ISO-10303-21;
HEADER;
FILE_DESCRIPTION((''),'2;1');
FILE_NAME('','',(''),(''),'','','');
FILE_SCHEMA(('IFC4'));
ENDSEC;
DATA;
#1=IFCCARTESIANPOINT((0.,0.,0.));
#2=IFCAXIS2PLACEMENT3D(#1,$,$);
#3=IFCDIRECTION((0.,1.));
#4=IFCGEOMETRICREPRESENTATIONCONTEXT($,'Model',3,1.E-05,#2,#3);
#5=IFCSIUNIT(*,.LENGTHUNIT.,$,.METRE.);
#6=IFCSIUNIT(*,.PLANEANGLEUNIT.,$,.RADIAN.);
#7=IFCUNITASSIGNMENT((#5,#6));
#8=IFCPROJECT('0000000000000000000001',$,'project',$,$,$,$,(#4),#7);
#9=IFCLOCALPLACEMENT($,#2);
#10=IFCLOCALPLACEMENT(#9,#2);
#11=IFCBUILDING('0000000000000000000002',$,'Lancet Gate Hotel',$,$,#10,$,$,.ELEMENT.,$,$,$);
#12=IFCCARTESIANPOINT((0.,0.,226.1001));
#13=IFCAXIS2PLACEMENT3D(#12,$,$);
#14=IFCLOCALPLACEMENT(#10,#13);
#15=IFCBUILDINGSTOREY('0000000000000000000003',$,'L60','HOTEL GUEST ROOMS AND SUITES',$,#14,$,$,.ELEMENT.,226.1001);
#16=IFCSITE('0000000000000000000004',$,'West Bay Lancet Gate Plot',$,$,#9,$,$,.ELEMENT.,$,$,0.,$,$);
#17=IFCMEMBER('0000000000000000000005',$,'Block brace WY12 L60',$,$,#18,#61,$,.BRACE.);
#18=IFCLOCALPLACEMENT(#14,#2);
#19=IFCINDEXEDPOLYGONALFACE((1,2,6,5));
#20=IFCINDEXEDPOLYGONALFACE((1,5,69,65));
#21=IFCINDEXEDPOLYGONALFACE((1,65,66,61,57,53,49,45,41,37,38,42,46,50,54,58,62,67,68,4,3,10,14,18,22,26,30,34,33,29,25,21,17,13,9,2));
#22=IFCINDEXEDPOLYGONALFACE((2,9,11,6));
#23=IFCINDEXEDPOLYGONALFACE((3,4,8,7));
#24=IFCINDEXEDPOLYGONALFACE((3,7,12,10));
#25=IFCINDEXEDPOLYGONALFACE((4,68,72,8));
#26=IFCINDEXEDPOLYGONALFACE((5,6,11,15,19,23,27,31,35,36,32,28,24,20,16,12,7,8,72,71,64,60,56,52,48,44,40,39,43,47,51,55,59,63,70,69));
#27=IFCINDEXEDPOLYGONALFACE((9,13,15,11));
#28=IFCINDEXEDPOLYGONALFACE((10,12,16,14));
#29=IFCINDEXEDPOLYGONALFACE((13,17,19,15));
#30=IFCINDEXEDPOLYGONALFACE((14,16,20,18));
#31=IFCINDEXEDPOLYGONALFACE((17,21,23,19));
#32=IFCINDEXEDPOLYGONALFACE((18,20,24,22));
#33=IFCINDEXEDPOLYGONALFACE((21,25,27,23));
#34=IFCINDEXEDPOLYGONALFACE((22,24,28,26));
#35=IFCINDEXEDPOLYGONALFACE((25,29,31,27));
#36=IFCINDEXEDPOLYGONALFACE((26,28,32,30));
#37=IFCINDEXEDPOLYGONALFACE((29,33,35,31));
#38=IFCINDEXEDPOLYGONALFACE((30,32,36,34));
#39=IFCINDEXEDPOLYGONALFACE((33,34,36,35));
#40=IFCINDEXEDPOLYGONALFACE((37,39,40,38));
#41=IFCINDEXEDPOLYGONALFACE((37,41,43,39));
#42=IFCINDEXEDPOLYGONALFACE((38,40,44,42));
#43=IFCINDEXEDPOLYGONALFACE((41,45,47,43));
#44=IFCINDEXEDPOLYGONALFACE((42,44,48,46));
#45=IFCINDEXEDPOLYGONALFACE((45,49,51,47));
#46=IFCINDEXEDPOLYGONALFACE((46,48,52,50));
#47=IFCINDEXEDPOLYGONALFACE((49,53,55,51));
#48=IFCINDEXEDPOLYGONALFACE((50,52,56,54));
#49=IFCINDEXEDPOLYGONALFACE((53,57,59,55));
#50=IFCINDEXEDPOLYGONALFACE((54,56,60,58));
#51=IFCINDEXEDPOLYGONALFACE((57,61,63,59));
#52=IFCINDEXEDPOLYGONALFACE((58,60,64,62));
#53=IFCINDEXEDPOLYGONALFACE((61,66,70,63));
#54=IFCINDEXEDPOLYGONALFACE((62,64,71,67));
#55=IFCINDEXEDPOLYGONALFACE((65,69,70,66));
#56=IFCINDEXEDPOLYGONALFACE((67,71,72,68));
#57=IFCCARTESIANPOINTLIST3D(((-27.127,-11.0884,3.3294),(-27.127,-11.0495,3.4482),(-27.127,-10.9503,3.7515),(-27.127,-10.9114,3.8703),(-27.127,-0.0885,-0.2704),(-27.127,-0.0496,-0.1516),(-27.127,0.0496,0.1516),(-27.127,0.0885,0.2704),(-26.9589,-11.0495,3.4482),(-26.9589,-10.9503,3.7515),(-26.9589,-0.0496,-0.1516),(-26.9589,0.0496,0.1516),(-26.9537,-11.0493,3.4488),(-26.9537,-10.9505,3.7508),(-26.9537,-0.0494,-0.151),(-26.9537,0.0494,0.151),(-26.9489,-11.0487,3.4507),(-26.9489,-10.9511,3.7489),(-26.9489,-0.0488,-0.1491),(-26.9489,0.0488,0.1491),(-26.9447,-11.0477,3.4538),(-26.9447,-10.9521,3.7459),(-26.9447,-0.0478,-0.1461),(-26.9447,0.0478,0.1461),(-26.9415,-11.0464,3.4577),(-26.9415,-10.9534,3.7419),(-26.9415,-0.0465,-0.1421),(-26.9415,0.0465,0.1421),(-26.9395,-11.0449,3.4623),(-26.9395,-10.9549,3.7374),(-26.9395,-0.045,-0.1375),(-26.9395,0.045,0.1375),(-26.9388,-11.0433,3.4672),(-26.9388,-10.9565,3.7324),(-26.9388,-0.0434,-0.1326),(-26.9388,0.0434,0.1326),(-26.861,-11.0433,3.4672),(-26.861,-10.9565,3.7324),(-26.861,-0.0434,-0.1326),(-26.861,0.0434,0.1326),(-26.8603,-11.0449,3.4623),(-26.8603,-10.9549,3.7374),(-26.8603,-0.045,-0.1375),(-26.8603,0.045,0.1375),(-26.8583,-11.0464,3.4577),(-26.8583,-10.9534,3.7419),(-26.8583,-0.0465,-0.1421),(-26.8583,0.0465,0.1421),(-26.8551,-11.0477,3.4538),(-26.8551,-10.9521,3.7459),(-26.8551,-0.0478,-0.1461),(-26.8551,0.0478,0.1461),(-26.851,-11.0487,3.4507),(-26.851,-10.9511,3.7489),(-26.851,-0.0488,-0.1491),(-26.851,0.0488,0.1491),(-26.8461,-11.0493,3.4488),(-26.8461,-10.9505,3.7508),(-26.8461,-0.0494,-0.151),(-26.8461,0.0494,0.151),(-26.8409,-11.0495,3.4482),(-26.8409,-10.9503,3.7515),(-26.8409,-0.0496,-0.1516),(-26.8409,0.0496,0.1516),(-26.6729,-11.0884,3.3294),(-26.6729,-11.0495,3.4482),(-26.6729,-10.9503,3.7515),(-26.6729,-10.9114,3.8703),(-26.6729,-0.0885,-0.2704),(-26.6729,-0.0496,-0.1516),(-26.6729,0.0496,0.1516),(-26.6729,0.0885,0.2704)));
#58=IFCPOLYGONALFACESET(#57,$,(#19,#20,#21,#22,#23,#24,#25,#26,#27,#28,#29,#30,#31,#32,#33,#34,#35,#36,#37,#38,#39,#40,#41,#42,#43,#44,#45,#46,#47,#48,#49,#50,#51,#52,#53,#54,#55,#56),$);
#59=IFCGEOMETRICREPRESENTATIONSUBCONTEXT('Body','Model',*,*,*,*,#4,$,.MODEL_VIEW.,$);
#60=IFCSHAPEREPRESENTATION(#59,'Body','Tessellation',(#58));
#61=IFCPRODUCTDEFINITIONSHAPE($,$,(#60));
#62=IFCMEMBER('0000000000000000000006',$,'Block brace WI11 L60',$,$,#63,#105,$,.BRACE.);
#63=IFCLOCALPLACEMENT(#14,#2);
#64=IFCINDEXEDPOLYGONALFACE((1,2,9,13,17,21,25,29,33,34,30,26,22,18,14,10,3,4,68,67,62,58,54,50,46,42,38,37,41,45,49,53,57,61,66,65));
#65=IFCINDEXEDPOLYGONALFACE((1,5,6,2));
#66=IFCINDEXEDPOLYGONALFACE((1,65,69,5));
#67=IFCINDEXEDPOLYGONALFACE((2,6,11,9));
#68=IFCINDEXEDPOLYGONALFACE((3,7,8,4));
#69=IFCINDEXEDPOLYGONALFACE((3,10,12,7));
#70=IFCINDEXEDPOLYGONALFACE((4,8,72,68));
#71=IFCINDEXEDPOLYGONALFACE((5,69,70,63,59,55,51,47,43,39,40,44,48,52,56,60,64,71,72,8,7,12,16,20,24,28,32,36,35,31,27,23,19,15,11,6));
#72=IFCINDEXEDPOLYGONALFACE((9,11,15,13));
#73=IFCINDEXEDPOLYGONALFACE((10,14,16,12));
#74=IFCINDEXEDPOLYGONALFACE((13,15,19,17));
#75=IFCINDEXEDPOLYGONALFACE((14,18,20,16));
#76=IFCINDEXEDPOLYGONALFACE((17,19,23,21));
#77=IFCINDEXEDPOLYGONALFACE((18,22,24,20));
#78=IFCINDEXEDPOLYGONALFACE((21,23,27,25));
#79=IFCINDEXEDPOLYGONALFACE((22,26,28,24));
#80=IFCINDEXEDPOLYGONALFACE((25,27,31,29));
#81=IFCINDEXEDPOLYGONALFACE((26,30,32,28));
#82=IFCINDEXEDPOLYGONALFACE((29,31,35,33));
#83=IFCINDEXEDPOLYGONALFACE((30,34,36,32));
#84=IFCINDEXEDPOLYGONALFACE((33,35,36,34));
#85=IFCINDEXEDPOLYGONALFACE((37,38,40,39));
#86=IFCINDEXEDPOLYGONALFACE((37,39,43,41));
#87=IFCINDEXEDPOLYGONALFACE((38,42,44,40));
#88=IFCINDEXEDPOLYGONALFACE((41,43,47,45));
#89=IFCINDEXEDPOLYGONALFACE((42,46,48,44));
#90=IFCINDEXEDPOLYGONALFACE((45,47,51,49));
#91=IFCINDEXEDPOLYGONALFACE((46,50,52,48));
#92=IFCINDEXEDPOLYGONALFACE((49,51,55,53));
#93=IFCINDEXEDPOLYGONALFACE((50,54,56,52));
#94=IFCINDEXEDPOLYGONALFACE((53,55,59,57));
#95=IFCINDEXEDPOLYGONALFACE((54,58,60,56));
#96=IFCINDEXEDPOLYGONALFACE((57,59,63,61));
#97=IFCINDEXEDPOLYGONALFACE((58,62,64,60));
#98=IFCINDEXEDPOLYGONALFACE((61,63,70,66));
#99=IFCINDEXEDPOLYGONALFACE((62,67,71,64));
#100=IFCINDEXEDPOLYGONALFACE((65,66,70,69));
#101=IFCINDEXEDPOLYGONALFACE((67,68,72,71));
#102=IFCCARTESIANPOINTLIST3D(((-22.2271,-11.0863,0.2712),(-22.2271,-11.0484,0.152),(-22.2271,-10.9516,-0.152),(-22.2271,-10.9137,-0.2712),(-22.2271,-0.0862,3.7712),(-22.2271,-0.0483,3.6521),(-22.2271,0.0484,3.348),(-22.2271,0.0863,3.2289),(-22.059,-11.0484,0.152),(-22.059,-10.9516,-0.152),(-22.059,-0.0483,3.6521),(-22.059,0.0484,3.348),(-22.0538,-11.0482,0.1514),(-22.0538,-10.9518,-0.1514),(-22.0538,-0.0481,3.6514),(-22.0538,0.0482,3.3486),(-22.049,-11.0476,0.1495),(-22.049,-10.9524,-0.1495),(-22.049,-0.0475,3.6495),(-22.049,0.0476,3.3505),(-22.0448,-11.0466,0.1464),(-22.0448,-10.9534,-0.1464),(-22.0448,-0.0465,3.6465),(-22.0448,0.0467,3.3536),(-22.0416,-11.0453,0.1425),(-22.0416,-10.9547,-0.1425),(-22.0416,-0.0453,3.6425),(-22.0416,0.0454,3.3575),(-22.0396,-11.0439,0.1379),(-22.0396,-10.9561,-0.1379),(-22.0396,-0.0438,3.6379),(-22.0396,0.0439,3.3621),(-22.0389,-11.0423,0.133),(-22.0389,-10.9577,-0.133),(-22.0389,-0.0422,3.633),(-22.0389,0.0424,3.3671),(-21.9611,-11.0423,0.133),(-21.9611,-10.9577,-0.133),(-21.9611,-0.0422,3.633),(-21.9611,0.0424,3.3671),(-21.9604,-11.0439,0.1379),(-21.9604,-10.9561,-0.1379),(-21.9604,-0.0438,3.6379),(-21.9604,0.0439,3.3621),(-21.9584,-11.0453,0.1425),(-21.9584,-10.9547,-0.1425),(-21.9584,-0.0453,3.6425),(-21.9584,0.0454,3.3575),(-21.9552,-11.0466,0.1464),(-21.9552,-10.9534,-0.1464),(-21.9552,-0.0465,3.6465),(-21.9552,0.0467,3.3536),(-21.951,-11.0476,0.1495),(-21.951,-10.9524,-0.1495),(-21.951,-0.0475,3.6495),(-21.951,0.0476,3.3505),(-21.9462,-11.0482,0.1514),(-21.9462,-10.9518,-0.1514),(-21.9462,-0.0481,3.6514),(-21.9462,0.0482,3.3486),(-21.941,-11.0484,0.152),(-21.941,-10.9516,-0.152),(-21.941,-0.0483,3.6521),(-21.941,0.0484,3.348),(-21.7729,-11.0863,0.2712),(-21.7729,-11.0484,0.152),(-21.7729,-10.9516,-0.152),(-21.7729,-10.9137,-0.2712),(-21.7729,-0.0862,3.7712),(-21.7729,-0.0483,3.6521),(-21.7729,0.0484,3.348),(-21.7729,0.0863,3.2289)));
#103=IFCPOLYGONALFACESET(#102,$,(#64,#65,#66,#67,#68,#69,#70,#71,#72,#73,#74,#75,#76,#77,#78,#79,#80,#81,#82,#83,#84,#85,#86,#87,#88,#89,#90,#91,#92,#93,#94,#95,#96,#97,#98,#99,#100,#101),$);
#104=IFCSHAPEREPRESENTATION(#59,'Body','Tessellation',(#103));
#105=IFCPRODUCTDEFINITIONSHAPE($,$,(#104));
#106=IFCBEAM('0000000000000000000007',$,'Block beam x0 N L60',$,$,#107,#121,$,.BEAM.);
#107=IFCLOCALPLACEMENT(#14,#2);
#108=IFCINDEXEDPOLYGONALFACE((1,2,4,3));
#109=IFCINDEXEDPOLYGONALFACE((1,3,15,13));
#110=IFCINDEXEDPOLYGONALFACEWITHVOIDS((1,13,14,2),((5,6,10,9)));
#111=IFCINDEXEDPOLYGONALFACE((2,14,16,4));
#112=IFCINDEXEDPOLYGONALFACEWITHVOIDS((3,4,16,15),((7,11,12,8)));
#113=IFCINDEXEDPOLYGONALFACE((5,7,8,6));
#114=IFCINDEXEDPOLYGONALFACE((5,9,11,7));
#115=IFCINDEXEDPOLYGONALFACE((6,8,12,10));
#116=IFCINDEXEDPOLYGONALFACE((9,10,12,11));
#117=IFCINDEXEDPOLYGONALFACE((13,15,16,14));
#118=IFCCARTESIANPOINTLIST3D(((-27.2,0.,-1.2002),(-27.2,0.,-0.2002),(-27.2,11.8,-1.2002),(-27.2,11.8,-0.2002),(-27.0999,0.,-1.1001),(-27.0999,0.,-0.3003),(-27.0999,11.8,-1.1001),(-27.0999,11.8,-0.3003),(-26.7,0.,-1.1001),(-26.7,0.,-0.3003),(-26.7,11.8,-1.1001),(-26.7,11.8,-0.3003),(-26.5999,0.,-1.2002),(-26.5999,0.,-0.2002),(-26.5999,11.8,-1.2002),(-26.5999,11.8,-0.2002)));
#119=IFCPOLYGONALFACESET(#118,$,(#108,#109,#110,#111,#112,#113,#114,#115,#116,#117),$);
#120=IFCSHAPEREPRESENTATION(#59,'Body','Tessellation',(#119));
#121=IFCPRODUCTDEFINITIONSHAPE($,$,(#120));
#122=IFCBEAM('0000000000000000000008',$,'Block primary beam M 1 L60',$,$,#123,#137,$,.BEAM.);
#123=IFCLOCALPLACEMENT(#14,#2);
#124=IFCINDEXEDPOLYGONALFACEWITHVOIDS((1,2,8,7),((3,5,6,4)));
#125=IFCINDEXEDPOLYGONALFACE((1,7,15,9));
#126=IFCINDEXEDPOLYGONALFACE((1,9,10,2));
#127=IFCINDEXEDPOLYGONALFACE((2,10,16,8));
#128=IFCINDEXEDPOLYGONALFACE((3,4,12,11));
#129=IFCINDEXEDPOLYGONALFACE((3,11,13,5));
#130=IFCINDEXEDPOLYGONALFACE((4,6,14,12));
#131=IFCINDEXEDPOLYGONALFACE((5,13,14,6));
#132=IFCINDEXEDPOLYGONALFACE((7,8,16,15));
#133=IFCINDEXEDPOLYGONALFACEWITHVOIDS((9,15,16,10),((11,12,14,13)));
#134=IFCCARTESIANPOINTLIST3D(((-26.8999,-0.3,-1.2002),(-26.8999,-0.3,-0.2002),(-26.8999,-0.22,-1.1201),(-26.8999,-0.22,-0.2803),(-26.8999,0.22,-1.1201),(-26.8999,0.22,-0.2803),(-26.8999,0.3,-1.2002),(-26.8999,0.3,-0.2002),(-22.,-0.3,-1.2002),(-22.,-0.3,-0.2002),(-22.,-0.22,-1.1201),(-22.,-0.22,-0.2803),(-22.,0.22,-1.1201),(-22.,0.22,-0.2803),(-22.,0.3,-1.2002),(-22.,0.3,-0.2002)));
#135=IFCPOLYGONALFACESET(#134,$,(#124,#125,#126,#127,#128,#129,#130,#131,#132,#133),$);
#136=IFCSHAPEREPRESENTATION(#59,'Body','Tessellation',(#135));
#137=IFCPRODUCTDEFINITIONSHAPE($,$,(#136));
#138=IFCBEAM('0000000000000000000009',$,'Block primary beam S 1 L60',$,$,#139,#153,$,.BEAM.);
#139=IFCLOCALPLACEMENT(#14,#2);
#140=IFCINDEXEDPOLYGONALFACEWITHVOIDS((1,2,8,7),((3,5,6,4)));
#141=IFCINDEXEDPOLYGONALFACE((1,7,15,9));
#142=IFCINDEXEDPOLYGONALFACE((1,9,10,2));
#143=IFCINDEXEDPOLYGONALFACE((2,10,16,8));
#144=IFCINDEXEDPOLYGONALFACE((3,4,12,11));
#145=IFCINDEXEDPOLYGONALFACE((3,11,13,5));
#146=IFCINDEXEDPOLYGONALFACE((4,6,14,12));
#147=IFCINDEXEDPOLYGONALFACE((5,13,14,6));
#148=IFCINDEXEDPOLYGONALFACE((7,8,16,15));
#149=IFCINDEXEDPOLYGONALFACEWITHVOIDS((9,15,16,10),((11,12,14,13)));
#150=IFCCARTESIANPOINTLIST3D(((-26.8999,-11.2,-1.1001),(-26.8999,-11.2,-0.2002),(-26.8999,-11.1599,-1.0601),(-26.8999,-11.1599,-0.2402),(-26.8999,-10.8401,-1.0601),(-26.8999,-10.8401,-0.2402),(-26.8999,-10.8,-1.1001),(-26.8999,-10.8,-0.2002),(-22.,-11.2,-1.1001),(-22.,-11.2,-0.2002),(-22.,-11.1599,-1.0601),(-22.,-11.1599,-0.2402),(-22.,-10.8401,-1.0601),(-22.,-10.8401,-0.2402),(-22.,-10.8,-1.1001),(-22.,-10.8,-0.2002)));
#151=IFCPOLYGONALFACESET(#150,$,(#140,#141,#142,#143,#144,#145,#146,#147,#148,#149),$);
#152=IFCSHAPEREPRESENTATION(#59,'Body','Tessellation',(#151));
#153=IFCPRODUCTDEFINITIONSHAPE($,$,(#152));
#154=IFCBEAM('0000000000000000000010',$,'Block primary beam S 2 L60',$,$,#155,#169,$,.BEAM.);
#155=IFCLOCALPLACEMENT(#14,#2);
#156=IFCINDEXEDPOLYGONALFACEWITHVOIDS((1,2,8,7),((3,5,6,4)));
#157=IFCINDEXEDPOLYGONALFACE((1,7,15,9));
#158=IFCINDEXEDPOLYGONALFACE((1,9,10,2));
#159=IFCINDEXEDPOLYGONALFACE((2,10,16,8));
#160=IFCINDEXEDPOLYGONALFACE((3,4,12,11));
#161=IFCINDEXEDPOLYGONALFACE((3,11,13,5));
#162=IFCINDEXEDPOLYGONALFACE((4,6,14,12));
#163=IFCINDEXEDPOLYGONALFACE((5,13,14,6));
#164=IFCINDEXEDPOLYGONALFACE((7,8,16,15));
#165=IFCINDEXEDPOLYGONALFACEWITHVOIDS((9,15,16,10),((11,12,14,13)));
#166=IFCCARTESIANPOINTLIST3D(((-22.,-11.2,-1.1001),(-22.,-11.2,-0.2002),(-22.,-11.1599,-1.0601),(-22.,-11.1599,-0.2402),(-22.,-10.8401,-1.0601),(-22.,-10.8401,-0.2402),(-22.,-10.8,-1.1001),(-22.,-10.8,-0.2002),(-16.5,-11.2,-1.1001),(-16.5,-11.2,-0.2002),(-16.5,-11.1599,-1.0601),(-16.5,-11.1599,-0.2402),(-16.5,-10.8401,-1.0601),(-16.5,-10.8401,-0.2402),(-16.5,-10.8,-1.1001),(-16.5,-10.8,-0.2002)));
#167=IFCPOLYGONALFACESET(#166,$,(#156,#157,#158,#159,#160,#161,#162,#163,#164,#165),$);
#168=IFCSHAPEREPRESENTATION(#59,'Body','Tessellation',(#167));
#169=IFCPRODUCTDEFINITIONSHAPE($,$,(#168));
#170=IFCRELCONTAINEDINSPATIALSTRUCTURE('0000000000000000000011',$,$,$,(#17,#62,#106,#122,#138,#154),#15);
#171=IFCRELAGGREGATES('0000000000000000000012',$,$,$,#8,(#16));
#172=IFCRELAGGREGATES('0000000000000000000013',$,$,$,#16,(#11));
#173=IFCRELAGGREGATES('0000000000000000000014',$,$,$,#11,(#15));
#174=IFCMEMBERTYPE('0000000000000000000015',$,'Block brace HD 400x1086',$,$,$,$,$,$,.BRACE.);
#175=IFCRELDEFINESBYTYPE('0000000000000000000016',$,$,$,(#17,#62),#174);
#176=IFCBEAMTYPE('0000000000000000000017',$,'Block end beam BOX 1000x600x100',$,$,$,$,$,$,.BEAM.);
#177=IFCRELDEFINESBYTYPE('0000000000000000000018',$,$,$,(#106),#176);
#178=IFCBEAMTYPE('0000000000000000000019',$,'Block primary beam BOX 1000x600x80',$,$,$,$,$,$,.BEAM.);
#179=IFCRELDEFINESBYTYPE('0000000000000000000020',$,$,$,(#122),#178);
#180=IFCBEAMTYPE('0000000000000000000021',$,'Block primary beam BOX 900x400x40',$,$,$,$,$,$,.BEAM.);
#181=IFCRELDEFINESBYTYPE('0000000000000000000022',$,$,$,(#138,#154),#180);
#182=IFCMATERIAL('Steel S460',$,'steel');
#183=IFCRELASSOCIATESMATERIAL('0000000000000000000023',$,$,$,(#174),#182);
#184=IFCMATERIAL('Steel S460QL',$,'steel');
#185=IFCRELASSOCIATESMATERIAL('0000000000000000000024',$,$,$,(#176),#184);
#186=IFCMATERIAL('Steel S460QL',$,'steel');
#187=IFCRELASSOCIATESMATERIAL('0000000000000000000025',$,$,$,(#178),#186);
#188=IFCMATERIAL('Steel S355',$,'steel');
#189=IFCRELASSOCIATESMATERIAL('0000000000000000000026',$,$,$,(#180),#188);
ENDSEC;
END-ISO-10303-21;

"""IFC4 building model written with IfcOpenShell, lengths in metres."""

from ifc_helpers import new_model, si_unit, direction, frame, origin, origin_2d, place, context, subcontext, project, spatial, hollow_rectangle, i_section, extrude, material, material_profile, profile_set, type_object, element, save


model = new_model("IFC4")

# Units and contexts
model_context = context("Model", 3, precision=1e-05, world=origin(), true_north=direction((0.0, 1.0)))
body_context = subcontext(model_context, "Body", "Model", "MODEL_VIEW")
ifc_project = project(units=[si_unit("LENGTHUNIT", "METRE"), si_unit("PLANEANGLEUNIT", "RADIAN")], contexts=[model_context])

# Site, building, storey
site_placement = place(None, origin())
site = spatial("IfcSite", under=ifc_project, at=site_placement, Name="West Bay Lancet Gate Plot", CompositionType="ELEMENT", RefElevation=0.0)
building_placement = place(site_placement, origin())
building = spatial("IfcBuilding", under=site, at=building_placement, Name="Lancet Gate Hotel", CompositionType="ELEMENT")
storey_placement = place(building_placement, frame((0.0, 0.0, 226.1001)))
storey = spatial("IfcBuildingStorey", under=building, at=storey_placement, Name="L60", Description="HOTEL GUEST ROOMS AND SUITES", CompositionType="ELEMENT", Elevation=226.1001)

# Members
ifc_material_1 = material(Name="Steel S460", Category="steel")
ifc_material_profile_1 = material_profile(ifc_material_1, i_section(OverallWidth=0.4541, OverallDepth=0.5691, WebThickness=0.0779, FlangeThickness=0.125, FilletRadius=0.02, at=origin_2d()), Name="HD 400x1086")
ifc_profile_set_1 = profile_set([ifc_material_profile_1], Name="Steel S460")
member_type = type_object("IfcMemberType", Name="Block brace HD 400x1086", PredefinedType="BRACE", material=ifc_profile_set_1)
member_1_placement = place(storey_placement, frame((-26.8999, 0.0, 0.0), z_axis=(0.0, -0.950401, 0.311028), x_axis=(1.0, 0.0, 0.0)))
element("IfcMember", 1, at=member_1_placement, inside=storey, type_object=member_type, Name="Block brace WY12 L60", PredefinedType="BRACE", context=body_context, shape_type="SweptSolid", body=[
    extrude(i_section(OverallWidth=0.4541, OverallDepth=0.5691, WebThickness=0.0779, FlangeThickness=0.125, FilletRadius=0.02, at=origin_2d()), origin(), (0.0, 0.0, 1.0), 11.574),
])
member_2_placement = place(storey_placement, frame((-22.0, -11.0, 0.0), z_axis=(0.0, 0.952926, 0.303204), x_axis=(-1.0, 0.0, 0.0)))
element("IfcMember", 2, at=member_2_placement, inside=storey, type_object=member_type, Name="Block brace WI11 L60", PredefinedType="BRACE", context=body_context, shape_type="SweptSolid", body=[
    extrude(i_section(OverallWidth=0.4541, OverallDepth=0.5691, WebThickness=0.0779, FlangeThickness=0.125, FilletRadius=0.02, at=origin_2d()), origin(), (0.0, 0.0, 1.0), 11.5435),
])

# Beams
ifc_material_2 = material(Name="Steel S460QL", Category="steel")
ifc_material_profile_2 = material_profile(ifc_material_2, hollow_rectangle(XDim=0.6001, YDim=1.0, WallThickness=0.1001, at=origin_2d()), Name="BOX 1000x600x100")
ifc_profile_set_2 = profile_set([ifc_material_profile_2], Name="Steel S460QL")
beam_type_1 = type_object("IfcBeamType", Name="Block end beam BOX 1000x600x100", PredefinedType="BEAM", material=ifc_profile_set_2)
beam_1_placement = place(storey_placement, frame((-26.8999, 0.0, -0.7002), z_axis=(0.0, 1.0, 0.0), x_axis=(-1.0, 0.0, 0.0)))
element("IfcBeam", 3, at=beam_1_placement, inside=storey, type_object=beam_type_1, Name="Block beam x0 N L60", PredefinedType="BEAM", context=body_context, shape_type="SweptSolid", body=[
    extrude(hollow_rectangle(XDim=0.6001, YDim=1.0, WallThickness=0.1001, at=origin_2d()), origin(), (0.0, 0.0, 1.0), 11.8),
])
ifc_material_3 = material(Name="Steel S460QL", Category="steel")
ifc_material_profile_3 = material_profile(ifc_material_3, hollow_rectangle(XDim=0.6001, YDim=1.0, WallThickness=0.0801, at=origin_2d()), Name="BOX 1000x600x80")
ifc_profile_set_3 = profile_set([ifc_material_profile_3], Name="Steel S460QL")
beam_type_2 = type_object("IfcBeamType", Name="Block primary beam BOX 1000x600x80", PredefinedType="BEAM", material=ifc_profile_set_3)
beam_2_placement = place(storey_placement, frame((-26.8999, 0.0, -0.7002), z_axis=(1.0, 0.0, 0.0), x_axis=(0.0, 1.0, 0.0)))
element("IfcBeam", 4, at=beam_2_placement, inside=storey, type_object=beam_type_2, Name="Block primary beam M 1 L60", PredefinedType="BEAM", context=body_context, shape_type="SweptSolid", body=[
    extrude(hollow_rectangle(XDim=0.6001, YDim=1.0, WallThickness=0.0801, at=origin_2d()), origin(), (0.0, 0.0, 1.0), 4.8999),
])
ifc_material_4 = material(Name="Steel S355", Category="steel")
ifc_material_profile_4 = material_profile(ifc_material_4, hollow_rectangle(XDim=0.3999, YDim=0.8999, WallThickness=0.04, at=origin_2d()), Name="BOX 900x400x40")
ifc_profile_set_4 = profile_set([ifc_material_profile_4], Name="Steel S355")
beam_type_3 = type_object("IfcBeamType", Name="Block primary beam BOX 900x400x40", PredefinedType="BEAM", material=ifc_profile_set_4)
beam_3_placement = place(storey_placement, frame((-26.8999, -11.0, -0.6501), z_axis=(1.0, 0.0, 0.0), x_axis=(0.0, 1.0, 0.0)))
element("IfcBeam", 5, at=beam_3_placement, inside=storey, type_object=beam_type_3, Name="Block primary beam S 1 L60", PredefinedType="BEAM", context=body_context, shape_type="SweptSolid", body=[
    extrude(hollow_rectangle(XDim=0.3999, YDim=0.8999, WallThickness=0.04, at=origin_2d()), origin(), (0.0, 0.0, 1.0), 4.8999),
])
beam_4_placement = place(storey_placement, frame((-22.0, -11.0, -0.6501), z_axis=(1.0, 0.0, 0.0), x_axis=(0.0, 1.0, 0.0)))
element("IfcBeam", 6, at=beam_4_placement, inside=storey, type_object=beam_type_3, Name="Block primary beam S 2 L60", PredefinedType="BEAM", context=body_context, shape_type="SweptSolid", body=[
    extrude(hollow_rectangle(XDim=0.3999, YDim=0.8999, WallThickness=0.04, at=origin_2d()), origin(), (0.0, 0.0, 1.0), 5.5),
])

save(model, "model.ifc")
